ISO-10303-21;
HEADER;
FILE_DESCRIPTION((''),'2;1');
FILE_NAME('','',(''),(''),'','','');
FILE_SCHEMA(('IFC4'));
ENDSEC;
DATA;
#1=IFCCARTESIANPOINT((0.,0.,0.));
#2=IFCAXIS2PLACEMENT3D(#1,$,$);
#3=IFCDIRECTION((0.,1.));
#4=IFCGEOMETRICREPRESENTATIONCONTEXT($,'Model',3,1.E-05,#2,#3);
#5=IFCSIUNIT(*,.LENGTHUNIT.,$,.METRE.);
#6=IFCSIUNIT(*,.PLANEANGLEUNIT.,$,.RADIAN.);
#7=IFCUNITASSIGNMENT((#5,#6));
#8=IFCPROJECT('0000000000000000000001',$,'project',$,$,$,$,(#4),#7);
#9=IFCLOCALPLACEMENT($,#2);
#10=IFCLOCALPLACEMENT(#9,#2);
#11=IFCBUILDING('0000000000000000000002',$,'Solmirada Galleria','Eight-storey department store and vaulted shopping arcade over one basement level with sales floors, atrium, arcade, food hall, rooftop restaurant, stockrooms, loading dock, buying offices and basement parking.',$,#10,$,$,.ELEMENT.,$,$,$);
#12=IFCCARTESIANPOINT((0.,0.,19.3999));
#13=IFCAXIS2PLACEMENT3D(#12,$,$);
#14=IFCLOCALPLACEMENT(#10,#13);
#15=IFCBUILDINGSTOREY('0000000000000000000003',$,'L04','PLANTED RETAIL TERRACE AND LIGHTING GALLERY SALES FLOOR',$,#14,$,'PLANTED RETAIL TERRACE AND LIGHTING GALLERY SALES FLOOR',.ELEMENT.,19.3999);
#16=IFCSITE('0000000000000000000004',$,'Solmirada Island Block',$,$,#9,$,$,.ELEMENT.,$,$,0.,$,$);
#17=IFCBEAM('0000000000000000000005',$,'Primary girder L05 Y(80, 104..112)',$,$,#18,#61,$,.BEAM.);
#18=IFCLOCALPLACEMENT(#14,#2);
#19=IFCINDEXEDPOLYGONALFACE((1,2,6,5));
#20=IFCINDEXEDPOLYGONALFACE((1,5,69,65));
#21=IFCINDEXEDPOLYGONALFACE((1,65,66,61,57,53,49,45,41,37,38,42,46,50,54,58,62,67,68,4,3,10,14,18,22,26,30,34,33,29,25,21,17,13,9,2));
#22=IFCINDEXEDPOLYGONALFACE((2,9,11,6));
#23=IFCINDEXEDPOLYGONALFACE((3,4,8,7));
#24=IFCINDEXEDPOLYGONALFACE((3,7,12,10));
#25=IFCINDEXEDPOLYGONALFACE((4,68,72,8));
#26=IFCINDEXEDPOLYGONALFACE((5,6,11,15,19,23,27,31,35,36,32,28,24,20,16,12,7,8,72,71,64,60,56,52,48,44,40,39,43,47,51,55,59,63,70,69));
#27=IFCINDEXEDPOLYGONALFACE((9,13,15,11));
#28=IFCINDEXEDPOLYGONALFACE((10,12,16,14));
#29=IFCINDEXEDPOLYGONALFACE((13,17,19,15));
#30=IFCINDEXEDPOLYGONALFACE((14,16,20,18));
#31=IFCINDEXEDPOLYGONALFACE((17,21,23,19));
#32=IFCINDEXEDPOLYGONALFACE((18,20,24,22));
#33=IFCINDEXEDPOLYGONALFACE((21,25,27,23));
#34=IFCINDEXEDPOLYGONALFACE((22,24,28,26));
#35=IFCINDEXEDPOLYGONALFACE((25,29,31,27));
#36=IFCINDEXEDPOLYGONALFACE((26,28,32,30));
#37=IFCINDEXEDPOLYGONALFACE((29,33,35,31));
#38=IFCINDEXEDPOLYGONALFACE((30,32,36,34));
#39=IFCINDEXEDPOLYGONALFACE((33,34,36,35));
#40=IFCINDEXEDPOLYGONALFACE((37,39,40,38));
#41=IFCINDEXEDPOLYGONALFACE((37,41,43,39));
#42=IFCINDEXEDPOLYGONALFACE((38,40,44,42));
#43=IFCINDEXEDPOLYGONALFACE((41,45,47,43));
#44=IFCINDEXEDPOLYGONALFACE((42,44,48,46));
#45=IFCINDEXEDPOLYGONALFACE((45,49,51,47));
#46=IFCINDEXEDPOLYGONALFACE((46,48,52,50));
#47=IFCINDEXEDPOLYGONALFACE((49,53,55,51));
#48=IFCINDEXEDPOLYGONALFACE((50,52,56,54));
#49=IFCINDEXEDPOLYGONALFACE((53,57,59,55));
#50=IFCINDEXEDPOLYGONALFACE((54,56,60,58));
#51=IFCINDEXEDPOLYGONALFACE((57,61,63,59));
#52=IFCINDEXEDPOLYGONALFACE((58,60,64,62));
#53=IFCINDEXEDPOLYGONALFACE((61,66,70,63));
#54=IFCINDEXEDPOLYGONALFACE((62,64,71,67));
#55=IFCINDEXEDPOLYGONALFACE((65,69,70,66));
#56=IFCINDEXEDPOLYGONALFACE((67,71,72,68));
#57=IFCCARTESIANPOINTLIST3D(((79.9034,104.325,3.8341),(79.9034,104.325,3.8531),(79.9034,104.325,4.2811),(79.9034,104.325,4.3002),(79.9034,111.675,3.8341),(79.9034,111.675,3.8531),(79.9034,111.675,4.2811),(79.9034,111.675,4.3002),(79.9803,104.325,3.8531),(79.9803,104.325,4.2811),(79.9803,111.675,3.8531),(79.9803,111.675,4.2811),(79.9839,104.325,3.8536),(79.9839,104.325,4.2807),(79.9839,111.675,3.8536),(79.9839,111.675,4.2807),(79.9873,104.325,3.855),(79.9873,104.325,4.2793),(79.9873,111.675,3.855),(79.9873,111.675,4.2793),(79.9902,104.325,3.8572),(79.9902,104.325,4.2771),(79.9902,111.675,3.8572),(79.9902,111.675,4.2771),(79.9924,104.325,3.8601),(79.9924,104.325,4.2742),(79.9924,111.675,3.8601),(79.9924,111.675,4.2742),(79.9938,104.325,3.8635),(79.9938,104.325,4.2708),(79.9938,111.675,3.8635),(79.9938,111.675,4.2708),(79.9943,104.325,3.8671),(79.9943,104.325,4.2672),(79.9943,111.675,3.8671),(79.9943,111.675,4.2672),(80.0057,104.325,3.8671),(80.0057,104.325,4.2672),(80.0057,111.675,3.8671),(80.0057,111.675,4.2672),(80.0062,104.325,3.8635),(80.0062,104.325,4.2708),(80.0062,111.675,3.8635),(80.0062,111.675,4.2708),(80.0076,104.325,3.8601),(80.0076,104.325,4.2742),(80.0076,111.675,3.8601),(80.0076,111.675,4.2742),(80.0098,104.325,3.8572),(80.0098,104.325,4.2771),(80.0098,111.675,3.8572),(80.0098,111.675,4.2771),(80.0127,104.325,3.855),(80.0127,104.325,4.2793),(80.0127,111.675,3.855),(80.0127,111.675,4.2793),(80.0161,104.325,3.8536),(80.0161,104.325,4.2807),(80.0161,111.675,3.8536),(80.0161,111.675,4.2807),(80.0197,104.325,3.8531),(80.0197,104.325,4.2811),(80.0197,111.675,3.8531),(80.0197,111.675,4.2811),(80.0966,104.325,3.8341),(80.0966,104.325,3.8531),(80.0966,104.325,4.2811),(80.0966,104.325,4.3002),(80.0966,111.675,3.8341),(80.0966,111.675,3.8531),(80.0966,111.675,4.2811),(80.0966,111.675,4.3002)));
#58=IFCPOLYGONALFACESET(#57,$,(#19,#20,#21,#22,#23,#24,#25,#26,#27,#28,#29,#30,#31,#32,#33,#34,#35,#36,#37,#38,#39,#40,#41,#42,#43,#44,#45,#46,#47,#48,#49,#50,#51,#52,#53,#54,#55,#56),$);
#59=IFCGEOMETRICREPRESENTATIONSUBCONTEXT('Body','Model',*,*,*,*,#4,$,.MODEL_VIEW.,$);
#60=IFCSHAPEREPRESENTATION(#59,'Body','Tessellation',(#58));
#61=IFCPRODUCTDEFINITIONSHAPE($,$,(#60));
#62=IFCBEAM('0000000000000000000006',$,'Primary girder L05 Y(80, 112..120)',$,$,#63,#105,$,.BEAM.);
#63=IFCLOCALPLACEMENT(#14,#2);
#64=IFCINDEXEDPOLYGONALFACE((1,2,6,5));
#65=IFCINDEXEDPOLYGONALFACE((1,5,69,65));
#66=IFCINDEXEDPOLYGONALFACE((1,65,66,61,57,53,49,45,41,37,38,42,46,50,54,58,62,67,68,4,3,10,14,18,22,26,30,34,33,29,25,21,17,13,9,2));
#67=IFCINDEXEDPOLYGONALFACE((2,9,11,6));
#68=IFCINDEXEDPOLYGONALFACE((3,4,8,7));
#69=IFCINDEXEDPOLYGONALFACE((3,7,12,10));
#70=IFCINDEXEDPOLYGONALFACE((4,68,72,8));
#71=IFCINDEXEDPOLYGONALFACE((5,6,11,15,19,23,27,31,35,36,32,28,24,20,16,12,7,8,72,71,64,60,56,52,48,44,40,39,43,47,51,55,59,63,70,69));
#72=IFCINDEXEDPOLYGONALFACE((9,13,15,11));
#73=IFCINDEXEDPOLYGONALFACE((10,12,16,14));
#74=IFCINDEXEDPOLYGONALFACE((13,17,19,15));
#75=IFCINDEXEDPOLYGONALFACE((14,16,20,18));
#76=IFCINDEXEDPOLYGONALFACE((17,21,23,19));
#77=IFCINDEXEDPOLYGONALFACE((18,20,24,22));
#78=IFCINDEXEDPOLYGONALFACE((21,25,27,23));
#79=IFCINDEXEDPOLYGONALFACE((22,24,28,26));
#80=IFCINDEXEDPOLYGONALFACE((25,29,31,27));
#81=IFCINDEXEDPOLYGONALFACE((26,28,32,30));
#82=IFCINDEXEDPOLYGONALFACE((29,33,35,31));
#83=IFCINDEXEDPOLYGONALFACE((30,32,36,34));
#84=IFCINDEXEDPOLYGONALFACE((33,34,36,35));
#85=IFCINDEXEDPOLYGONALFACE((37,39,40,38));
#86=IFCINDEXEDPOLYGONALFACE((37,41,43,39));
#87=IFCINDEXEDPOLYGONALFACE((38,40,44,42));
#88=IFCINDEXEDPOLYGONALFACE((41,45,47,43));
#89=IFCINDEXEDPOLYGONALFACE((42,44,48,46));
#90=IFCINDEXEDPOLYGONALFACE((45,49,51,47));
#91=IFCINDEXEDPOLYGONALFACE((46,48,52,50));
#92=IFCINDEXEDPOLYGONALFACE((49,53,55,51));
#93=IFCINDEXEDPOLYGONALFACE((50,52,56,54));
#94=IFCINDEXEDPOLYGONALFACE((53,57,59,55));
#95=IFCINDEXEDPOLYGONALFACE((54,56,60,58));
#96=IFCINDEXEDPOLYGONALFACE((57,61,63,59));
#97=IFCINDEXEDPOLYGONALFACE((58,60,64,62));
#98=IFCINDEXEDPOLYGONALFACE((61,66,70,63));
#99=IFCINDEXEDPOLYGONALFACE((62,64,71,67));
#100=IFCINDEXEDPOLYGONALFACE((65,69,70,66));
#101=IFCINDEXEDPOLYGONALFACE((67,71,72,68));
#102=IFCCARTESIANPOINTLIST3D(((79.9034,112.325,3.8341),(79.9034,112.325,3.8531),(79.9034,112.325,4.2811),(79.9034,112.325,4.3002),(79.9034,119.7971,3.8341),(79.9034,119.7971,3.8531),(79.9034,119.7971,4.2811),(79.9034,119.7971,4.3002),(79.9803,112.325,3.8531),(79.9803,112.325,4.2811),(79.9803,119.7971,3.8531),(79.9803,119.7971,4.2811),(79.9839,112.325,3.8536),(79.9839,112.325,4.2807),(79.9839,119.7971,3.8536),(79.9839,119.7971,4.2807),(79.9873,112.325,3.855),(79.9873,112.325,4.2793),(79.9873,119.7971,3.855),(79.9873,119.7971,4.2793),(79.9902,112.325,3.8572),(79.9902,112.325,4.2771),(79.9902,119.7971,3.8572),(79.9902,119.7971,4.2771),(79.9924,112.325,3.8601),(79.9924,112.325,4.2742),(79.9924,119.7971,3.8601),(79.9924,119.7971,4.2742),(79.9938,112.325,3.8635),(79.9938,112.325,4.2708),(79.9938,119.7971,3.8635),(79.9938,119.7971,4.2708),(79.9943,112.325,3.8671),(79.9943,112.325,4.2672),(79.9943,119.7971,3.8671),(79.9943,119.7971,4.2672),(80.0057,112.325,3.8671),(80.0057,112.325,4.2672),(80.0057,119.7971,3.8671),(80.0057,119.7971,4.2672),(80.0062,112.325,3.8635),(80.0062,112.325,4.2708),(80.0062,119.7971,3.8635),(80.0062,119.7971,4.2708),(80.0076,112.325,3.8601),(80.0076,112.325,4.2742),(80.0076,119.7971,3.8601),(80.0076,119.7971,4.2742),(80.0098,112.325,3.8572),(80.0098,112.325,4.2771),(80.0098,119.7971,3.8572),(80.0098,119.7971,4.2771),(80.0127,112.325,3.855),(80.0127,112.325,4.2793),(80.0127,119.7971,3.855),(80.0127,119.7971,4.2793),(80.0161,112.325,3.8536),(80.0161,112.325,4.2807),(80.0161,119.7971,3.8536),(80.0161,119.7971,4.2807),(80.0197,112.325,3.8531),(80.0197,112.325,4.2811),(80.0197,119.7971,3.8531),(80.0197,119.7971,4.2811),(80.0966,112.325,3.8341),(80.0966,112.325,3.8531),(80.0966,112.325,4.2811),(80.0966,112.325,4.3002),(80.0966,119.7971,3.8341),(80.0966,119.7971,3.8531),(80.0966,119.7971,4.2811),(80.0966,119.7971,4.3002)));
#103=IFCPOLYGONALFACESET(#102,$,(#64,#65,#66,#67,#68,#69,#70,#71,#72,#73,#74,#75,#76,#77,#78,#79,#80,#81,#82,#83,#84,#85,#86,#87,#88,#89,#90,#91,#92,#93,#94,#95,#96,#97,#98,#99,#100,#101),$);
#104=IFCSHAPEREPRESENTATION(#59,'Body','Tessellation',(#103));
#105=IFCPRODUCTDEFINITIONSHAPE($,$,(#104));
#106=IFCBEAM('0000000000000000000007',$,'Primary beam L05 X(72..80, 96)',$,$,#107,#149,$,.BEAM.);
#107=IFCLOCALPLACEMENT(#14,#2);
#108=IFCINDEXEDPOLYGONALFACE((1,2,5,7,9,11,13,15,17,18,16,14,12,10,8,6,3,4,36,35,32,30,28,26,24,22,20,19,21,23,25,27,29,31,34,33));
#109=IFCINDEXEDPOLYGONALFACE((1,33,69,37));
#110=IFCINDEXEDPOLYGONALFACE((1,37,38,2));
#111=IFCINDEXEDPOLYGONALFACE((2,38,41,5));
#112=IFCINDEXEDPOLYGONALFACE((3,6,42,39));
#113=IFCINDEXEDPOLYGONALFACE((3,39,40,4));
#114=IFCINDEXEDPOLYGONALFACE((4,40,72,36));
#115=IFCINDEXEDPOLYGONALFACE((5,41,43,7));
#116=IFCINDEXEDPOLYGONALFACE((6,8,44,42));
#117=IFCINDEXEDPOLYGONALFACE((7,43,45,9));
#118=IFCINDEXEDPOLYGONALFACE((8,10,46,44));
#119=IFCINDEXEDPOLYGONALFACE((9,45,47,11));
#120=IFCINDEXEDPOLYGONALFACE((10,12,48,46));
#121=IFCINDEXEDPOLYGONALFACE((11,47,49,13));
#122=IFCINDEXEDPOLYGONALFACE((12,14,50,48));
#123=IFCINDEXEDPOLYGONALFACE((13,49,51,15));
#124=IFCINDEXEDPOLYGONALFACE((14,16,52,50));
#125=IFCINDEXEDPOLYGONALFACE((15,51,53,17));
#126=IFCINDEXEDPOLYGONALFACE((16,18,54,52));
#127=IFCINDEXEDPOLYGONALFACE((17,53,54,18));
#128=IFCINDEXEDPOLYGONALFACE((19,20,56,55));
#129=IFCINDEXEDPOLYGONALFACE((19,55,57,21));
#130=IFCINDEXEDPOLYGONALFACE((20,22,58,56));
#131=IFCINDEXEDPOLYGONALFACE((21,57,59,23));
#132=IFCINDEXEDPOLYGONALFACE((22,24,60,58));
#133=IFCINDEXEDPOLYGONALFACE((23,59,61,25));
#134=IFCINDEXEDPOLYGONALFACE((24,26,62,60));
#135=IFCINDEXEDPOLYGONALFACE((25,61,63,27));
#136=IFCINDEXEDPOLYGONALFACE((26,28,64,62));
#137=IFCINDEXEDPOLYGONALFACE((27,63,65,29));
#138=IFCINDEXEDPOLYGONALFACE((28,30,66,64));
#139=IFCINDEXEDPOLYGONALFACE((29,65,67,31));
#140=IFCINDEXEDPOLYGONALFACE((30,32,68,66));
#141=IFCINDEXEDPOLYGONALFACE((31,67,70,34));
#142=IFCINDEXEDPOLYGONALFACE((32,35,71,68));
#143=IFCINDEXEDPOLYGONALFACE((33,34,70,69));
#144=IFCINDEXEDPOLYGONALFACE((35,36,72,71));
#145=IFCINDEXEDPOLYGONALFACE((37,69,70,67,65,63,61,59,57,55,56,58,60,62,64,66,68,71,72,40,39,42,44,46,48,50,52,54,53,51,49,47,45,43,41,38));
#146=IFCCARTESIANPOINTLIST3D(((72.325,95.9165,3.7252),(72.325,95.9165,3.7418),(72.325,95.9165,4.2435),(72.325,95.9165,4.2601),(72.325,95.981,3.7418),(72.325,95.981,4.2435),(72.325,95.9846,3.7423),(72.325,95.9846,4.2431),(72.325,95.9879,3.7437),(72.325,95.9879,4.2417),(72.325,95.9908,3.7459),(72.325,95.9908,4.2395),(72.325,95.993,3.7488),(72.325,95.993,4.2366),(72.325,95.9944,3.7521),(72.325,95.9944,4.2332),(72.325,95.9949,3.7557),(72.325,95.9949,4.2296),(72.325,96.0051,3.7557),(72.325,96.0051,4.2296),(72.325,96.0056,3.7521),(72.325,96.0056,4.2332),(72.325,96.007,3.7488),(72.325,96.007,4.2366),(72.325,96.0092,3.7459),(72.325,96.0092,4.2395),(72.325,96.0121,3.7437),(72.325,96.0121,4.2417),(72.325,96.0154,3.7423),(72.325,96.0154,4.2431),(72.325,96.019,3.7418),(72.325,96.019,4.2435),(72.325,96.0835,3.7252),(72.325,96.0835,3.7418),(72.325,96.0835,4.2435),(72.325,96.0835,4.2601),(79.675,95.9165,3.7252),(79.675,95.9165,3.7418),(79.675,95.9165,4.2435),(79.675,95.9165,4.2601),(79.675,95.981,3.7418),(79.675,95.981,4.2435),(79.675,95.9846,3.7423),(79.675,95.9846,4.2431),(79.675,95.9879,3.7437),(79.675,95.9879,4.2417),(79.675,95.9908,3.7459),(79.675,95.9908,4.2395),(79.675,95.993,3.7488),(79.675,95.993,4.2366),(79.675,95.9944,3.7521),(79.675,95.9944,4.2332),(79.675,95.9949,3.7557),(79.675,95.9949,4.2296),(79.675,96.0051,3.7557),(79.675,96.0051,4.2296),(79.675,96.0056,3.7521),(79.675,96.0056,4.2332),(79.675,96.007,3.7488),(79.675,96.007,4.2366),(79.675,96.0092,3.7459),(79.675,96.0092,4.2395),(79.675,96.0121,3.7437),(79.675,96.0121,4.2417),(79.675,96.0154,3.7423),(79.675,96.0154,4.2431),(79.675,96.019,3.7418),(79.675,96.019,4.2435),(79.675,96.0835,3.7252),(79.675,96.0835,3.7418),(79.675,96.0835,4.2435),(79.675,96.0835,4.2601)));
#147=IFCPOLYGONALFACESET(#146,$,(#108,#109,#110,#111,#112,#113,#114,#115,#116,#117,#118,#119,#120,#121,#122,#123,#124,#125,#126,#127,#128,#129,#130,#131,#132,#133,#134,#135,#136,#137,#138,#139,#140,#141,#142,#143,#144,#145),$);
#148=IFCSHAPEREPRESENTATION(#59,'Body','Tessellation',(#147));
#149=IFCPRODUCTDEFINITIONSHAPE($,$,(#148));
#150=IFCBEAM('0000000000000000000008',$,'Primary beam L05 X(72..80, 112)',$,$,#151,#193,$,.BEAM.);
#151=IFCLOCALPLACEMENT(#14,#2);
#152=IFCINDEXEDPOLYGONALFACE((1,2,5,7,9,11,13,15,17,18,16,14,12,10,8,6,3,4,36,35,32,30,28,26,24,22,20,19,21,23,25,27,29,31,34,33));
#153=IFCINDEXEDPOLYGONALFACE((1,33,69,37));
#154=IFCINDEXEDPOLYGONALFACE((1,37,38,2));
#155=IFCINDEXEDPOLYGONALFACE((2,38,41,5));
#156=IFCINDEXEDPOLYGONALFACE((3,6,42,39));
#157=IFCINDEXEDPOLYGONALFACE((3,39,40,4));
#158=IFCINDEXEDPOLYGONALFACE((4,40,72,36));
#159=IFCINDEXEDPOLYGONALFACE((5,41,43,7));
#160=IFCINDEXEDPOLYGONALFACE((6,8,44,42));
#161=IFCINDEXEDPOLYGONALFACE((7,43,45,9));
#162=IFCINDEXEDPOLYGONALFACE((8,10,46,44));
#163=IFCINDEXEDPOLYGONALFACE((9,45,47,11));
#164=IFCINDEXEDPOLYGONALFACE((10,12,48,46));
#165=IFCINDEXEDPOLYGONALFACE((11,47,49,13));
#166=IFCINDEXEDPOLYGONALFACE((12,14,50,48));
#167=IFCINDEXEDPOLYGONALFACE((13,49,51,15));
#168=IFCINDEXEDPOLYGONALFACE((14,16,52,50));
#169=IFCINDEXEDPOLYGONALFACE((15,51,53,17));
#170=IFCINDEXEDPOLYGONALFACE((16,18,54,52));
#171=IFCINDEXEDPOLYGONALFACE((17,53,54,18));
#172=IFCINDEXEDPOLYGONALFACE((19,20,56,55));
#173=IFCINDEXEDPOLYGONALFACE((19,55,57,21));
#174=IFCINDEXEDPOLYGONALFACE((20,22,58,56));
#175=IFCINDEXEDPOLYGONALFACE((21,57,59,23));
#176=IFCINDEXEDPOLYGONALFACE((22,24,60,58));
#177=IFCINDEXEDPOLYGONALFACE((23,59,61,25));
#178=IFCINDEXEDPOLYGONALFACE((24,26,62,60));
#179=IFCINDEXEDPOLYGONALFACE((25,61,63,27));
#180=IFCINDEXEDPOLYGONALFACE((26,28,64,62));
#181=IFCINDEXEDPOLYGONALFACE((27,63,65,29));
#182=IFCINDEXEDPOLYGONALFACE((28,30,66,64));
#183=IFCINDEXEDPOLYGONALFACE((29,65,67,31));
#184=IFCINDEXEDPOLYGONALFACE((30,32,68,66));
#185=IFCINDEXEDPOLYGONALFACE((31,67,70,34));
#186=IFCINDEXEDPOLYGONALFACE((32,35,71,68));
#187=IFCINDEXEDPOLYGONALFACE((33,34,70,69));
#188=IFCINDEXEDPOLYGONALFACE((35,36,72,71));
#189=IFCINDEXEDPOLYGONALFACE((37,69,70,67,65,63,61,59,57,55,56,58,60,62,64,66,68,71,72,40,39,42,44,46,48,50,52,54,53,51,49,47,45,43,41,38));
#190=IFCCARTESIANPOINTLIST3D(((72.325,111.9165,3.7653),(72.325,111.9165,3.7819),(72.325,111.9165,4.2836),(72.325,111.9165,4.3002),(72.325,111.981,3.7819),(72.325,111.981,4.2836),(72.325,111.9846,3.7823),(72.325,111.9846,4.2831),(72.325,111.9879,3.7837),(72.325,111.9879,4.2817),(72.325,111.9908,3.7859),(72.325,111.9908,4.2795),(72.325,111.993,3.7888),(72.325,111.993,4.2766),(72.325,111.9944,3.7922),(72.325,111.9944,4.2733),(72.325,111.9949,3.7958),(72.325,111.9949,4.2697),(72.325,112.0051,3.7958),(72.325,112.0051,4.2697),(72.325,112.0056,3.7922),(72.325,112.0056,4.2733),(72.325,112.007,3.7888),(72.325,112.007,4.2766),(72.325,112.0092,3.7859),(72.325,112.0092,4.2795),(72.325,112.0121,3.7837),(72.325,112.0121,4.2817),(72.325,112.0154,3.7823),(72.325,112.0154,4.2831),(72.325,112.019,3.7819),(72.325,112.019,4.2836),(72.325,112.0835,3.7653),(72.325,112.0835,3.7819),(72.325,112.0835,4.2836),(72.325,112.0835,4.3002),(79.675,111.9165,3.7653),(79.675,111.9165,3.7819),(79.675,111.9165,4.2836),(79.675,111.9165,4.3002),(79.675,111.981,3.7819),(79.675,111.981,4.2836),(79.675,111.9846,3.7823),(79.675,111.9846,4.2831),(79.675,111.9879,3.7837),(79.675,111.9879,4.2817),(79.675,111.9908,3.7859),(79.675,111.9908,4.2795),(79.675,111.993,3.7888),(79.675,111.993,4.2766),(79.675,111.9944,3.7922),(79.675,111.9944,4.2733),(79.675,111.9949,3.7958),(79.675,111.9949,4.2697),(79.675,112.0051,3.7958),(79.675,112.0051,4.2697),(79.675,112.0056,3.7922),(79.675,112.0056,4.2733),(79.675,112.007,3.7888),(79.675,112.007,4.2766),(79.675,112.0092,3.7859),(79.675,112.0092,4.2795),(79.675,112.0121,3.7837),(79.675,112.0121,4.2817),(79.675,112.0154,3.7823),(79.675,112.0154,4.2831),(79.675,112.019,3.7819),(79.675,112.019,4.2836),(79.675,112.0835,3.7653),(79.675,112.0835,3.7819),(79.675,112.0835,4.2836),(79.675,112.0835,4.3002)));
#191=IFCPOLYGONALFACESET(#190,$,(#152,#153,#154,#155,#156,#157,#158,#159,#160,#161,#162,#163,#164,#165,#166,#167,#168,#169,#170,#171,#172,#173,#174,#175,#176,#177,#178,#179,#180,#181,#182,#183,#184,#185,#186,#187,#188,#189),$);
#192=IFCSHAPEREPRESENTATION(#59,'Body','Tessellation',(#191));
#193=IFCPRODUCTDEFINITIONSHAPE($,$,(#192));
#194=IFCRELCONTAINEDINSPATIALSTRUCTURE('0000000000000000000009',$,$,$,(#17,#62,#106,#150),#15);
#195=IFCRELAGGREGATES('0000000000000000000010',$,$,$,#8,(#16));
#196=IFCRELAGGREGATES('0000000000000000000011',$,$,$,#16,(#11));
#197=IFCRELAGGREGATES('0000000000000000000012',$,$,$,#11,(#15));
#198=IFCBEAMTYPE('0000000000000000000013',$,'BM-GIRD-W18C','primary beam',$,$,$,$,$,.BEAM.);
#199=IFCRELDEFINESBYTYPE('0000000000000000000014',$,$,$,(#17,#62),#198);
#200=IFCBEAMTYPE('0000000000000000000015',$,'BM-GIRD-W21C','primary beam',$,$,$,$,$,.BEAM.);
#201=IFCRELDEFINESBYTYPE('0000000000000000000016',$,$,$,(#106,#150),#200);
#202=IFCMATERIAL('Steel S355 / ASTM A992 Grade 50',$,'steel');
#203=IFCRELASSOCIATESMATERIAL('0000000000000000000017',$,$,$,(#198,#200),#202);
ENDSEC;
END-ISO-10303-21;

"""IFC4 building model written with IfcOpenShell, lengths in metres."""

from ifc_helpers import new_model, si_unit, direction, frame, origin, origin_2d, place, context, subcontext, project, spatial, i_section, extrude, material, material_profile, profile_set, type_object, element, save


model = new_model("IFC4")

# Units and contexts
model_context = context("Model", 3, precision=1e-05, world=origin(), true_north=direction((0.0, 1.0)))
body_context = subcontext(model_context, "Body", "Model", "MODEL_VIEW")
ifc_project = project(units=[si_unit("LENGTHUNIT", "METRE"), si_unit("PLANEANGLEUNIT", "RADIAN")], contexts=[model_context])

# Site, building, storey
site_placement = place(None, origin())
site = spatial("IfcSite", under=ifc_project, at=site_placement, Name="Solmirada Island Block", CompositionType="ELEMENT", RefElevation=0.0)
building_placement = place(site_placement, origin())
building = spatial("IfcBuilding", under=site, at=building_placement, Name="Solmirada Galleria", Description="Eight-storey department store and vaulted shopping arcade over one basement level with sales floors, atrium, arcade, food hall, rooftop restaurant, stockrooms, loading dock, buying offices and basement parking.", CompositionType="ELEMENT")
storey_placement = place(building_placement, frame((0.0, 0.0, 19.3999)))
storey = spatial("IfcBuildingStorey", under=building, at=storey_placement, Name="L04", Description="PLANTED RETAIL TERRACE AND LIGHTING GALLERY SALES FLOOR", LongName="PLANTED RETAIL TERRACE AND LIGHTING GALLERY SALES FLOOR", CompositionType="ELEMENT", Elevation=19.3999)

# Beams
ifc_material_1 = material(Name="Steel S355 / ASTM A992 Grade 50", Category="steel")
ifc_material_profile_1 = material_profile(ifc_material_1, i_section(OverallWidth=0.1931, OverallDepth=0.4661, WebThickness=0.0115, FlangeThickness=0.019, FilletRadius=0.0139, at=origin_2d()), Name="W18X65")
ifc_profile_set_1 = profile_set([ifc_material_profile_1], Name="Steel S355 / ASTM A992 Grade 50")
beam_type_1 = type_object("IfcBeamType", Name="BM-GIRD-W18C", Description="primary beam", PredefinedType="BEAM", material=ifc_profile_set_1)
for number, where, z_axis, x_axis, name in (
    (1, (80.0, 104.325, 4.0671), (0.0, 1.0, 0.0), (-1.0, 0.0, 0.0), "Primary girder L05 Y(80, 104..112)"),
):
    element("IfcBeam", number, at=place(storey_placement, frame(where, z_axis=z_axis, x_axis=x_axis)), inside=storey, type_object=beam_type_1, Name=name, PredefinedType="BEAM", context=body_context, shape_type="SweptSolid", body=[
        extrude(i_section(OverallWidth=0.1931, OverallDepth=0.4661, WebThickness=0.0115, FlangeThickness=0.019, FilletRadius=0.0139, at=origin_2d()), origin(), (0.0, 0.0, 1.0), 7.3501),
    ])
beam_1_placement = place(storey_placement, frame((80.0, 112.325, 4.0671), z_axis=(0.0, 1.0, 0.0), x_axis=(-1.0, 0.0, 0.0)))
element("IfcBeam", 2, at=beam_1_placement, inside=storey, type_object=beam_type_1, Name="Primary girder L05 Y(80, 112..120)", PredefinedType="BEAM", context=body_context, shape_type="SweptSolid", body=[
    extrude(i_section(OverallWidth=0.1931, OverallDepth=0.4661, WebThickness=0.0115, FlangeThickness=0.019, FilletRadius=0.0139, at=origin_2d()), origin(), (0.0, 0.0, 1.0), 7.4722),
])
ifc_material_profile_2 = material_profile(ifc_material_1, i_section(OverallWidth=0.167, OverallDepth=0.5349, WebThickness=0.0103, FlangeThickness=0.0166, FilletRadius=0.0139, at=origin_2d()), Name="W21X57")
ifc_profile_set_2 = profile_set([ifc_material_profile_2], Name="Steel S355 / ASTM A992 Grade 50")
beam_type_2 = type_object("IfcBeamType", Name="BM-GIRD-W21C", Description="primary beam", PredefinedType="BEAM", material=ifc_profile_set_2)
for number, where, z_axis, x_axis, name in (
    (3, (72.325, 96.0, 3.9927), (1.0, 0.0, 0.0), (0.0, 1.0, 0.0), "Primary beam L05 X(72..80, 96)"),
    (4, (72.325, 112.0, 4.0327), (1.0, 0.0, 0.0), (0.0, 1.0, 0.0), "Primary beam L05 X(72..80, 112)"),
):
    element("IfcBeam", number, at=place(storey_placement, frame(where, z_axis=z_axis, x_axis=x_axis)), inside=storey, type_object=beam_type_2, Name=name, PredefinedType="BEAM", context=body_context, shape_type="SweptSolid", body=[
        extrude(i_section(OverallWidth=0.167, OverallDepth=0.5349, WebThickness=0.0103, FlangeThickness=0.0166, FilletRadius=0.0139, at=origin_2d()), origin(), (0.0, 0.0, 1.0), 7.3501),
    ])

save(model, "model.ifc")
